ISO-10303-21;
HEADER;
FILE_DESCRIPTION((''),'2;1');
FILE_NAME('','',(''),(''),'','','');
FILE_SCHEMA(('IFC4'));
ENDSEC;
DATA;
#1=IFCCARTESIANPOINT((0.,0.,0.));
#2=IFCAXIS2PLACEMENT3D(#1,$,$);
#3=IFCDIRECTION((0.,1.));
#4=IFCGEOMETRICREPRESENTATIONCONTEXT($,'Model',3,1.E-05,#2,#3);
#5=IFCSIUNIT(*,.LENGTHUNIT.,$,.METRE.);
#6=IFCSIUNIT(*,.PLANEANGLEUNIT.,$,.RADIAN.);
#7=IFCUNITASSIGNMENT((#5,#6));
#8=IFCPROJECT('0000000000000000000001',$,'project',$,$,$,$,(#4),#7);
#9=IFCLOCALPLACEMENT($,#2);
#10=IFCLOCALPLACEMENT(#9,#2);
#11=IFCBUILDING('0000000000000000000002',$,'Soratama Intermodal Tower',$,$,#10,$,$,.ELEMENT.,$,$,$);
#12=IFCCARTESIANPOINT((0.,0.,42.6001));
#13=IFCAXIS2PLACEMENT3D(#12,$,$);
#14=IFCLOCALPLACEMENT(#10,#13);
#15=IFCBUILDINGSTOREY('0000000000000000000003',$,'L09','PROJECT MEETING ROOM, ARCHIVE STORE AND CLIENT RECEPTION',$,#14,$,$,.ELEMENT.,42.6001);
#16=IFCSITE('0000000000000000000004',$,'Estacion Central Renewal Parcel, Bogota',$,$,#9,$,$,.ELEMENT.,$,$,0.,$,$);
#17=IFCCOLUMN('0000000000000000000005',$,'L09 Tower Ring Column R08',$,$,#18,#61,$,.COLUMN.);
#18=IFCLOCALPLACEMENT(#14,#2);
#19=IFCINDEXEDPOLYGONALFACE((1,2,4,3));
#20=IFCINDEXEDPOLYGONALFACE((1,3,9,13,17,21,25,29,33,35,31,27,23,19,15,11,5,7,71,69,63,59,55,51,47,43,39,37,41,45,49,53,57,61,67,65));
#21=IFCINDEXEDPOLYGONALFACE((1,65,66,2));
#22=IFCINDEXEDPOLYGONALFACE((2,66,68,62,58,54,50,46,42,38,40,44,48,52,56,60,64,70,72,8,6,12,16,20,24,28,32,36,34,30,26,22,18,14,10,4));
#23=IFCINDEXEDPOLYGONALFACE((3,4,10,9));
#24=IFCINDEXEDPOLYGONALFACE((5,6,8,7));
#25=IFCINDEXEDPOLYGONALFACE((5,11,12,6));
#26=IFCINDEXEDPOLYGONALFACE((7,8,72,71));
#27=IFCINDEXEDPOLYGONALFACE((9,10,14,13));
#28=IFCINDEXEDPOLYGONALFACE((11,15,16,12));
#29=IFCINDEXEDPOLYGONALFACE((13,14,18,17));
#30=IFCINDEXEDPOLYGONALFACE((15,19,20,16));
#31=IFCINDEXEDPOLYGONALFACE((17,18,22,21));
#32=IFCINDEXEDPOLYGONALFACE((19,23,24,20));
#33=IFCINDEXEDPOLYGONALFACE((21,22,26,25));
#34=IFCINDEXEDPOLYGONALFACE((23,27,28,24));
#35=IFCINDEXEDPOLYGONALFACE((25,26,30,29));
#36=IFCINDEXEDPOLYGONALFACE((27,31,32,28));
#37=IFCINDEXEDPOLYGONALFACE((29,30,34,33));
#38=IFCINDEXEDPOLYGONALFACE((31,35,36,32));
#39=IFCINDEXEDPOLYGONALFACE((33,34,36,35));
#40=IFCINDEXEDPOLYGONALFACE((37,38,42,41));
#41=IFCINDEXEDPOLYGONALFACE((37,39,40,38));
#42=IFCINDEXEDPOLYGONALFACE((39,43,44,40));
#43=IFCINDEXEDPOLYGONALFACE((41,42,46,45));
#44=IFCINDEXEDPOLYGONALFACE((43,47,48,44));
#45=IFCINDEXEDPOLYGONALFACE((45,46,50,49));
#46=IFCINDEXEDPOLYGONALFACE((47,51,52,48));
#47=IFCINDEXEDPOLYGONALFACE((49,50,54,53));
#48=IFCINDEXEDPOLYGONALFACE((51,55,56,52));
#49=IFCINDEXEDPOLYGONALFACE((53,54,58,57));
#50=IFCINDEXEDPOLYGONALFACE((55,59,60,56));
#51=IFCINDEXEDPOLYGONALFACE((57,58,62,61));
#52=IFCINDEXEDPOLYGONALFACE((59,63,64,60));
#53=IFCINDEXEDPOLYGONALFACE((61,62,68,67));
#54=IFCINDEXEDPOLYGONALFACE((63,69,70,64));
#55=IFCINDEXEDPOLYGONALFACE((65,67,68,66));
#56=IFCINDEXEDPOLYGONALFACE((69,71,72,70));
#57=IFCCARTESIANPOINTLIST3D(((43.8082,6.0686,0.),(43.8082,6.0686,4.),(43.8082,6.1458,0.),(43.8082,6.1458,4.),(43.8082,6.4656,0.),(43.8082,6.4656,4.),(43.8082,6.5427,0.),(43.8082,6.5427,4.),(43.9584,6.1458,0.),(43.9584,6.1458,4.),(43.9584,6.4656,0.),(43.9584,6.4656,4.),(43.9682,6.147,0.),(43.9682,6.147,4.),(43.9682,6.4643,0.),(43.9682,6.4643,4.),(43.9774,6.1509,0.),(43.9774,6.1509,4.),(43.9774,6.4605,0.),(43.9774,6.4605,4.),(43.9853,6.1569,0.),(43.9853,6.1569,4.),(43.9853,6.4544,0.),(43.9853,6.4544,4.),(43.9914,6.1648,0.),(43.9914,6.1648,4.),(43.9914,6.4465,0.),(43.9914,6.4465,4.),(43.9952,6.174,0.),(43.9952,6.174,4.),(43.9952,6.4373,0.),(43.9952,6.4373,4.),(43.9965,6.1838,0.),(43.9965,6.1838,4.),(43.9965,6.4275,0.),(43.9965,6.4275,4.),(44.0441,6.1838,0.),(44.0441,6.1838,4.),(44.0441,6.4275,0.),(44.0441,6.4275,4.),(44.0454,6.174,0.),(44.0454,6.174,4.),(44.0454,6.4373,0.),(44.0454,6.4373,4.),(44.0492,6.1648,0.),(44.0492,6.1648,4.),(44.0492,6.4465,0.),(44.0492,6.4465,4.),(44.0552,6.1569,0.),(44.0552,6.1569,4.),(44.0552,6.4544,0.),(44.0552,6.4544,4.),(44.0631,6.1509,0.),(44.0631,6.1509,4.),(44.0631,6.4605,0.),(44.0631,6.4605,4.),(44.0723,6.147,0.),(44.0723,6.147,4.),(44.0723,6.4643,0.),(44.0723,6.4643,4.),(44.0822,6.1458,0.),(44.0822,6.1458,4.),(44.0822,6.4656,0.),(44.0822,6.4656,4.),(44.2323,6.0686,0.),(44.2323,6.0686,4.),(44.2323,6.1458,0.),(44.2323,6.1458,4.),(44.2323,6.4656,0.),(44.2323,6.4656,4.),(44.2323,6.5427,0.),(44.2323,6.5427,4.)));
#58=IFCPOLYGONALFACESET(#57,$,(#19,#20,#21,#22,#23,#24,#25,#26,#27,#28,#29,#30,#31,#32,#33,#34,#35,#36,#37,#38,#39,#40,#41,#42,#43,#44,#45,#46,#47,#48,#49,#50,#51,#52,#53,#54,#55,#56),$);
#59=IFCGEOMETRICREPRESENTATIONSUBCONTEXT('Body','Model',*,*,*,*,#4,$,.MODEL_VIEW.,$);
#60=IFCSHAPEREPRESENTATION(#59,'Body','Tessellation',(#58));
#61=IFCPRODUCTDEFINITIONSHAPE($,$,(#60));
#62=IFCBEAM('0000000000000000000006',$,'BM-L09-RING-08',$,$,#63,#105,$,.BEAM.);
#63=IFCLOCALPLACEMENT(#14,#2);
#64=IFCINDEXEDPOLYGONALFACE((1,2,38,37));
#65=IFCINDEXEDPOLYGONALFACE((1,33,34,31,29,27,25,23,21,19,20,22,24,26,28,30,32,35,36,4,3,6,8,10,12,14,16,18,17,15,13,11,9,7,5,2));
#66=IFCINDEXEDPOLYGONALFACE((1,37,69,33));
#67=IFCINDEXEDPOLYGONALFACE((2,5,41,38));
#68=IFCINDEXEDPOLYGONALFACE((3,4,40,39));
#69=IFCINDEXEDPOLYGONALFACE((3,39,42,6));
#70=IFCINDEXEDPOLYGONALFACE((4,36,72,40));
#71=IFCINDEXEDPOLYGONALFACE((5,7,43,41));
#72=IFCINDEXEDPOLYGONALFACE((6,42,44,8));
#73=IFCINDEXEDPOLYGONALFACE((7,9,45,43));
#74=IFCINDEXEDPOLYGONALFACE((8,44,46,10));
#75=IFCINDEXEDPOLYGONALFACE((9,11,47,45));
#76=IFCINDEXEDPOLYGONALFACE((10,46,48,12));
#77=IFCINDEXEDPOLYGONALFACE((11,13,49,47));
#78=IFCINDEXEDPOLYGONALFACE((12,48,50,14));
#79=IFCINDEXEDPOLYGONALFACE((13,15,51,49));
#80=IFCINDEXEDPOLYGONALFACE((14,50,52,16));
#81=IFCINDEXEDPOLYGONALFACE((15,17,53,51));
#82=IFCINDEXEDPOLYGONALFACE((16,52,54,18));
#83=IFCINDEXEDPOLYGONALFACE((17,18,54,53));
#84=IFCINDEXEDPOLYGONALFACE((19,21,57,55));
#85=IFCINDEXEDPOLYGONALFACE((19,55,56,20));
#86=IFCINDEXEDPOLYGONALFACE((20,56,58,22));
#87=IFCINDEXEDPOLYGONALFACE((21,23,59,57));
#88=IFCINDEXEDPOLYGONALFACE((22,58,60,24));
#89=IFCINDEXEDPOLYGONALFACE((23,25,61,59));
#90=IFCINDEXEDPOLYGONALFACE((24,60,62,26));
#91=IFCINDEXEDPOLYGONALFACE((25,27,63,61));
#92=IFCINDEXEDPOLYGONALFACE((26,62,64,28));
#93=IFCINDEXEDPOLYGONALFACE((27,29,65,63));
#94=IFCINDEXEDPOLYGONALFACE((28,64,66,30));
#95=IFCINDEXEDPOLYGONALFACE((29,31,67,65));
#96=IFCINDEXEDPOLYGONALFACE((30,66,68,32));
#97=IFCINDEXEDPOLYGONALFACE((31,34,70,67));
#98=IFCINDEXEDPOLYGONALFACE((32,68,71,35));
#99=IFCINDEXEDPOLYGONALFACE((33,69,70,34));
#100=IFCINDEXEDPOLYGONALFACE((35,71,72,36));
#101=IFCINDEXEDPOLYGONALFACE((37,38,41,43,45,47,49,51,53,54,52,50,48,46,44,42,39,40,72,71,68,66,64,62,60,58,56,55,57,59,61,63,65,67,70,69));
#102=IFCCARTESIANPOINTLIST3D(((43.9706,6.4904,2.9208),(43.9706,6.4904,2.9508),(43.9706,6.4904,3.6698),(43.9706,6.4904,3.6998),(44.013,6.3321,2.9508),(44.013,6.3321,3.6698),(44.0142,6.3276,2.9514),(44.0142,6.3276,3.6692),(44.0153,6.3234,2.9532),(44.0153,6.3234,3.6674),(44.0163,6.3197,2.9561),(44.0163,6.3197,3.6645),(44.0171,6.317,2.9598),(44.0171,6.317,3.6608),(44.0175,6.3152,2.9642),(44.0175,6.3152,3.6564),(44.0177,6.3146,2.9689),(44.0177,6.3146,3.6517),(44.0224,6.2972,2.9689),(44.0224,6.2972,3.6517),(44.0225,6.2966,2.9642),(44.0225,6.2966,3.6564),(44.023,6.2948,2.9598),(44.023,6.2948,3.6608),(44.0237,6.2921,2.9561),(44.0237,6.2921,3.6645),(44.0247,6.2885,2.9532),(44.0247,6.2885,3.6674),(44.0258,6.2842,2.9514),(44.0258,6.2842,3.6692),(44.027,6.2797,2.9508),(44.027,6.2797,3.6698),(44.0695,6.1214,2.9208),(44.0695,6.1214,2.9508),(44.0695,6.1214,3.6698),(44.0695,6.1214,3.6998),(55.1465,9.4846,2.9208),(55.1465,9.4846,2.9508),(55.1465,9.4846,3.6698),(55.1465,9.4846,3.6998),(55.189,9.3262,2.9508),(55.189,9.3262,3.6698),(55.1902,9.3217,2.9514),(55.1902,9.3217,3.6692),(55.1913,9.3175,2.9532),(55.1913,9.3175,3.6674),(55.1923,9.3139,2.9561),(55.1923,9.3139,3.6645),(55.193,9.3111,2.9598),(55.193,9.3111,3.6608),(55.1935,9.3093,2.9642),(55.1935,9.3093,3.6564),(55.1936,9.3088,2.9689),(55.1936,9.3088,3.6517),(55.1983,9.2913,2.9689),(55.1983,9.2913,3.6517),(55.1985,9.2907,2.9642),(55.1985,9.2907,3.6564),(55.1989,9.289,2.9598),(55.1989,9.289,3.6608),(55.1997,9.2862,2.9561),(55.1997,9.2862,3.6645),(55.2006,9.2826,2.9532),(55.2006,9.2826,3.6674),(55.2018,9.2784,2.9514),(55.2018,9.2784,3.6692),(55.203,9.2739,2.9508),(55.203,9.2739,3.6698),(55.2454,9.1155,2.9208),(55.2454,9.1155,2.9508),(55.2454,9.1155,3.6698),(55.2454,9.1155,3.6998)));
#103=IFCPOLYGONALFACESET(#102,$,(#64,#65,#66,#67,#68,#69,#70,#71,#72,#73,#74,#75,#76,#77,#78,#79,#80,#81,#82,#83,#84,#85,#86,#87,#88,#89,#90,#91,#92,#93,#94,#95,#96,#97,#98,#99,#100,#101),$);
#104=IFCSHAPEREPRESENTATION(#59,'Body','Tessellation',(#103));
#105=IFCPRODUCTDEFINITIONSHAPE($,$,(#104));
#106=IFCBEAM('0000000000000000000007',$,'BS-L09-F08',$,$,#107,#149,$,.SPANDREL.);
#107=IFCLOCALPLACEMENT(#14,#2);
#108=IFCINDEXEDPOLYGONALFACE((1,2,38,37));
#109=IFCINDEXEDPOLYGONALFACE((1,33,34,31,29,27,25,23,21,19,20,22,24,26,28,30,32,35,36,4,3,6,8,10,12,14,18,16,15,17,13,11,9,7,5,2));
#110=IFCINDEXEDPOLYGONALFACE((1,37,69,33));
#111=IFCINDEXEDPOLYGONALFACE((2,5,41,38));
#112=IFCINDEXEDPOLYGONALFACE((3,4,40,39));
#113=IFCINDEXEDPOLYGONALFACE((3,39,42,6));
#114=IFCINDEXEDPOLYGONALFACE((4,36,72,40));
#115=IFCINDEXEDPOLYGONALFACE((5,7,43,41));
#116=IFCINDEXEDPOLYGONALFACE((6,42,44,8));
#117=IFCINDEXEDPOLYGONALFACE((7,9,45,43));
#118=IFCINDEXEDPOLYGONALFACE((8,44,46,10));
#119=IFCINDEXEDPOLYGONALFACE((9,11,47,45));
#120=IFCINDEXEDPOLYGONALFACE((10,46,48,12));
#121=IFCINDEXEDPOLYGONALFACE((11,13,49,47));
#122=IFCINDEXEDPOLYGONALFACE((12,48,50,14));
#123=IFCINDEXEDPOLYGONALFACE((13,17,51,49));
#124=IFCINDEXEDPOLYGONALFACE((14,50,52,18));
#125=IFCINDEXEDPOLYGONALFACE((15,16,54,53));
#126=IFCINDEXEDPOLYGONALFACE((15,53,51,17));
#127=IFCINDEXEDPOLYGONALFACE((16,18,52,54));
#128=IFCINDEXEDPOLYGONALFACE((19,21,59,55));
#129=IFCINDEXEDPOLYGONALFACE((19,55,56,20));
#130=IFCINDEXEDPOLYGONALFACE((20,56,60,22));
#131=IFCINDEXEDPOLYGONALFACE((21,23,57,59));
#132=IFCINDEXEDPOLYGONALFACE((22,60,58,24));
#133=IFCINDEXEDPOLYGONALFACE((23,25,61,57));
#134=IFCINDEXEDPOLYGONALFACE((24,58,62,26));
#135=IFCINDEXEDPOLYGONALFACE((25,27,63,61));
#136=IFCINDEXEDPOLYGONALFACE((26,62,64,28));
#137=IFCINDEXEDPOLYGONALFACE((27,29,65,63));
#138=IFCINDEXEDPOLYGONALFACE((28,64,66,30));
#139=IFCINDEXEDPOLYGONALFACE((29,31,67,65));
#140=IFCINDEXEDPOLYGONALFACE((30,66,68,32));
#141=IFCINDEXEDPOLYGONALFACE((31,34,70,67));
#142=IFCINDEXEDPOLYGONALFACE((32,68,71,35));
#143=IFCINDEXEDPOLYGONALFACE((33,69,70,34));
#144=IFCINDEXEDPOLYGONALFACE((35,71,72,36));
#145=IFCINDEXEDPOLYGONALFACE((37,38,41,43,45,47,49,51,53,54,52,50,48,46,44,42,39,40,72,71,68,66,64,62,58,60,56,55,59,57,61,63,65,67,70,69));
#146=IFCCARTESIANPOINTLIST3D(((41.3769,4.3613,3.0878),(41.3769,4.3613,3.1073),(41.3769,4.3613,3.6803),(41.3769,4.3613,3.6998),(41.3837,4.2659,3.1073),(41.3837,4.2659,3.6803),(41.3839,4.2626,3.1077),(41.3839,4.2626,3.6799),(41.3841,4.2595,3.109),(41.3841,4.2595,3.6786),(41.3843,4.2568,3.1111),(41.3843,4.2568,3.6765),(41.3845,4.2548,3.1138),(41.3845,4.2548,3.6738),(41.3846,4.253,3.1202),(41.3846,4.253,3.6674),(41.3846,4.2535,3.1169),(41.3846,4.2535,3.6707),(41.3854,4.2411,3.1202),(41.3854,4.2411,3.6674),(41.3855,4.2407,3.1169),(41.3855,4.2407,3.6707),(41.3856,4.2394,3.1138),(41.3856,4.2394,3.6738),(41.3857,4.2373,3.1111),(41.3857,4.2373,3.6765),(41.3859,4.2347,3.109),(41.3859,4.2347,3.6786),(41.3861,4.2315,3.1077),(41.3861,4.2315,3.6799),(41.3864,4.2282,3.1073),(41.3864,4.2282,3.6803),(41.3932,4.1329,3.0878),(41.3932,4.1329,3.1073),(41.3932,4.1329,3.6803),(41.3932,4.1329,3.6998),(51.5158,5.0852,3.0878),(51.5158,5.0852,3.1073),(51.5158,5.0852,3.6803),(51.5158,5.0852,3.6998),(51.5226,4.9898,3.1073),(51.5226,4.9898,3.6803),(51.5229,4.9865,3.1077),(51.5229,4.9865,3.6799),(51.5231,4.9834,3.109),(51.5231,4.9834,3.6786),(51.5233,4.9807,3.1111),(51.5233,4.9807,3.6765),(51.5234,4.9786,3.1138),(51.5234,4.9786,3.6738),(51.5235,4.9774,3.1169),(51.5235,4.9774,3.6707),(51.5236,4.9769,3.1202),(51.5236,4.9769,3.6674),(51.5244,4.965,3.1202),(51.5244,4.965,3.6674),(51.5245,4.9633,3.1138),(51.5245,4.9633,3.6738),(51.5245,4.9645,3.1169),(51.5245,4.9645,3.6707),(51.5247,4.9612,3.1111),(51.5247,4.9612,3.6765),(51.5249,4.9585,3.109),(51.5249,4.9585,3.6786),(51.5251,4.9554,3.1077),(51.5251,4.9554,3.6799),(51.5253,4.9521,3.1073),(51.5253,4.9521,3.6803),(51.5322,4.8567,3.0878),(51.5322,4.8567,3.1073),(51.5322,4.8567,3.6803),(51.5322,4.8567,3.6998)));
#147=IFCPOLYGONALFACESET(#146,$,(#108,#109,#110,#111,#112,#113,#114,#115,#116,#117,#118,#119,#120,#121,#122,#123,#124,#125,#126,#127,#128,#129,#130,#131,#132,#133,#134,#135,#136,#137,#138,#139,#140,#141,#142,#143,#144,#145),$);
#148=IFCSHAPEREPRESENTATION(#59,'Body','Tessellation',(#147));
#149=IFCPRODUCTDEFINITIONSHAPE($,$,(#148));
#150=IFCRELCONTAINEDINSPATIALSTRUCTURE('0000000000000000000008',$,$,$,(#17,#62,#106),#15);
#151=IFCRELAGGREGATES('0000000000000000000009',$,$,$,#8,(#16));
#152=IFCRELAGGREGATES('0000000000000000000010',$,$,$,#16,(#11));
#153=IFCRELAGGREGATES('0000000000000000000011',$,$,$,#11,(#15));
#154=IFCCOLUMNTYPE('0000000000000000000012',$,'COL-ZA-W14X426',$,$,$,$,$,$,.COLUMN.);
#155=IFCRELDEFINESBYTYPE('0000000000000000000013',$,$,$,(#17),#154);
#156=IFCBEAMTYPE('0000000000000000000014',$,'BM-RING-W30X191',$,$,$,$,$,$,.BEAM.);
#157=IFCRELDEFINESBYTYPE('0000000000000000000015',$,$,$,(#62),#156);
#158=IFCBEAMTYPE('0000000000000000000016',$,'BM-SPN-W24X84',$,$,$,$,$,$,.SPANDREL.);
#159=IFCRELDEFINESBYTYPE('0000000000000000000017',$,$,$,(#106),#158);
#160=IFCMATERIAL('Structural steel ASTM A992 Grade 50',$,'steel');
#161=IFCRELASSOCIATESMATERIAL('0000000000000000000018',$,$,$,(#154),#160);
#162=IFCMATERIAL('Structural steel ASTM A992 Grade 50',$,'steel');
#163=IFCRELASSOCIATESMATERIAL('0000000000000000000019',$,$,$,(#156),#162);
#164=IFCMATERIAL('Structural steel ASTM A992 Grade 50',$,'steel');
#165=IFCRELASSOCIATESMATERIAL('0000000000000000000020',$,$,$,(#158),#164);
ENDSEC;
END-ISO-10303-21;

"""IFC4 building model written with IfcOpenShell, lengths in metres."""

from ifc_helpers import new_model, si_unit, direction, frame, origin, origin_2d, place, context, subcontext, project, spatial, i_section, extrude, material, material_profile, profile_set, type_object, element, save


model = new_model("IFC4")

# Units and contexts
model_context = context("Model", 3, precision=1e-05, world=origin(), true_north=direction((0.0, 1.0)))
body_context = subcontext(model_context, "Body", "Model", "MODEL_VIEW")
ifc_project = project(units=[si_unit("LENGTHUNIT", "METRE"), si_unit("PLANEANGLEUNIT", "RADIAN")], contexts=[model_context])

# Site, building, storey
site_placement = place(None, origin())
site = spatial("IfcSite", under=ifc_project, at=site_placement, Name="Estacion Central Renewal Parcel, Bogota", CompositionType="ELEMENT", RefElevation=0.0)
building_placement = place(site_placement, origin())
building = spatial("IfcBuilding", under=site, at=building_placement, Name="Soratama Intermodal Tower", CompositionType="ELEMENT")
storey_placement = place(building_placement, frame((0.0, 0.0, 42.6001)))
storey = spatial("IfcBuildingStorey", under=building, at=storey_placement, Name="L09", Description="PROJECT MEETING ROOM, ARCHIVE STORE AND CLIENT RECEPTION", CompositionType="ELEMENT", Elevation=42.6001)

# Column
ifc_material_1 = material(Name="Structural steel ASTM A992 Grade 50", Category="steel")
ifc_material_profile_1 = material_profile(ifc_material_1, i_section(OverallWidth=0.4241, OverallDepth=0.4741, WebThickness=0.0476, FlangeThickness=0.0771, FilletRadius=0.0381, at=origin_2d()), Name="W14X426")
ifc_profile_set_1 = profile_set([ifc_material_profile_1], Name="Structural steel ASTM A992 Grade 50")
column_type = type_object("IfcColumnType", Name="COL-ZA-W14X426", PredefinedType="COLUMN", material=ifc_profile_set_1)
column_placement = place(storey_placement, frame((44.0203, 6.3057, 0.0), z_axis=(0.0, 0.0, 1.0), x_axis=(1.0, 0.0, 0.0)))
element("IfcColumn", 1, at=column_placement, inside=storey, type_object=column_type, Name="L09 Tower Ring Column R08", PredefinedType="COLUMN", context=body_context, shape_type="SweptSolid", body=[
    extrude(i_section(OverallWidth=0.4241, OverallDepth=0.4741, WebThickness=0.0476, FlangeThickness=0.0771, FilletRadius=0.0381, at=origin_2d()), origin(), (0.0, 0.0, 1.0), 4.0),
])

# Beams
ifc_material_2 = material(Name="Structural steel ASTM A992 Grade 50", Category="steel")
ifc_material_profile_2 = material_profile(ifc_material_2, i_section(OverallWidth=0.3821, OverallDepth=0.7791, WebThickness=0.0181, FlangeThickness=0.03, FilletRadius=0.0181, at=origin_2d()), Name="W30X191")
ifc_profile_set_2 = profile_set([ifc_material_profile_2], Name="Structural steel ASTM A992 Grade 50")
beam_type_1 = type_object("IfcBeamType", Name="BM-RING-W30X191", PredefinedType="BEAM", material=ifc_profile_set_2)
beam_1_placement = place(storey_placement, frame((44.02, 6.3059, 3.3103), z_axis=(0.965936, 0.258781, 0.0), x_axis=(-0.258781, 0.965936, 0.0)))
element("IfcBeam", 2, at=beam_1_placement, inside=storey, type_object=beam_type_1, Name="BM-L09-RING-08", PredefinedType="BEAM", context=body_context, shape_type="SweptSolid", body=[
    extrude(i_section(OverallWidth=0.3821, OverallDepth=0.7791, WebThickness=0.0181, FlangeThickness=0.03, FilletRadius=0.0181, at=origin_2d()), origin(), (0.0, 0.0, 1.0), 11.5701),
])
ifc_material_3 = material(Name="Structural steel ASTM A992 Grade 50", Category="steel")
ifc_material_profile_3 = material_profile(ifc_material_3, i_section(OverallWidth=0.229, OverallDepth=0.6121, WebThickness=0.012, FlangeThickness=0.0195, FilletRadius=0.0129, at=origin_2d()), Name="W24X84")
ifc_profile_set_3 = profile_set([ifc_material_profile_3], Name="Structural steel ASTM A992 Grade 50")
beam_type_2 = type_object("IfcBeamType", Name="BM-SPN-W24X84", PredefinedType="SPANDREL", material=ifc_profile_set_3)
beam_2_placement = place(storey_placement, frame((41.385, 4.2471, 3.3938), z_axis=(0.997461, 0.071215, 0.0), x_axis=(-0.071215, 0.997461, 0.0)))
element("IfcBeam", 3, at=beam_2_placement, inside=storey, type_object=beam_type_2, Name="BS-L09-F08", PredefinedType="SPANDREL", context=body_context, shape_type="SweptSolid", body=[
    extrude(i_section(OverallWidth=0.229, OverallDepth=0.6121, WebThickness=0.012, FlangeThickness=0.0195, FilletRadius=0.0129, at=origin_2d()), origin(), (0.0, 0.0, 1.0), 10.1648),
])

save(model, "model.ifc")
